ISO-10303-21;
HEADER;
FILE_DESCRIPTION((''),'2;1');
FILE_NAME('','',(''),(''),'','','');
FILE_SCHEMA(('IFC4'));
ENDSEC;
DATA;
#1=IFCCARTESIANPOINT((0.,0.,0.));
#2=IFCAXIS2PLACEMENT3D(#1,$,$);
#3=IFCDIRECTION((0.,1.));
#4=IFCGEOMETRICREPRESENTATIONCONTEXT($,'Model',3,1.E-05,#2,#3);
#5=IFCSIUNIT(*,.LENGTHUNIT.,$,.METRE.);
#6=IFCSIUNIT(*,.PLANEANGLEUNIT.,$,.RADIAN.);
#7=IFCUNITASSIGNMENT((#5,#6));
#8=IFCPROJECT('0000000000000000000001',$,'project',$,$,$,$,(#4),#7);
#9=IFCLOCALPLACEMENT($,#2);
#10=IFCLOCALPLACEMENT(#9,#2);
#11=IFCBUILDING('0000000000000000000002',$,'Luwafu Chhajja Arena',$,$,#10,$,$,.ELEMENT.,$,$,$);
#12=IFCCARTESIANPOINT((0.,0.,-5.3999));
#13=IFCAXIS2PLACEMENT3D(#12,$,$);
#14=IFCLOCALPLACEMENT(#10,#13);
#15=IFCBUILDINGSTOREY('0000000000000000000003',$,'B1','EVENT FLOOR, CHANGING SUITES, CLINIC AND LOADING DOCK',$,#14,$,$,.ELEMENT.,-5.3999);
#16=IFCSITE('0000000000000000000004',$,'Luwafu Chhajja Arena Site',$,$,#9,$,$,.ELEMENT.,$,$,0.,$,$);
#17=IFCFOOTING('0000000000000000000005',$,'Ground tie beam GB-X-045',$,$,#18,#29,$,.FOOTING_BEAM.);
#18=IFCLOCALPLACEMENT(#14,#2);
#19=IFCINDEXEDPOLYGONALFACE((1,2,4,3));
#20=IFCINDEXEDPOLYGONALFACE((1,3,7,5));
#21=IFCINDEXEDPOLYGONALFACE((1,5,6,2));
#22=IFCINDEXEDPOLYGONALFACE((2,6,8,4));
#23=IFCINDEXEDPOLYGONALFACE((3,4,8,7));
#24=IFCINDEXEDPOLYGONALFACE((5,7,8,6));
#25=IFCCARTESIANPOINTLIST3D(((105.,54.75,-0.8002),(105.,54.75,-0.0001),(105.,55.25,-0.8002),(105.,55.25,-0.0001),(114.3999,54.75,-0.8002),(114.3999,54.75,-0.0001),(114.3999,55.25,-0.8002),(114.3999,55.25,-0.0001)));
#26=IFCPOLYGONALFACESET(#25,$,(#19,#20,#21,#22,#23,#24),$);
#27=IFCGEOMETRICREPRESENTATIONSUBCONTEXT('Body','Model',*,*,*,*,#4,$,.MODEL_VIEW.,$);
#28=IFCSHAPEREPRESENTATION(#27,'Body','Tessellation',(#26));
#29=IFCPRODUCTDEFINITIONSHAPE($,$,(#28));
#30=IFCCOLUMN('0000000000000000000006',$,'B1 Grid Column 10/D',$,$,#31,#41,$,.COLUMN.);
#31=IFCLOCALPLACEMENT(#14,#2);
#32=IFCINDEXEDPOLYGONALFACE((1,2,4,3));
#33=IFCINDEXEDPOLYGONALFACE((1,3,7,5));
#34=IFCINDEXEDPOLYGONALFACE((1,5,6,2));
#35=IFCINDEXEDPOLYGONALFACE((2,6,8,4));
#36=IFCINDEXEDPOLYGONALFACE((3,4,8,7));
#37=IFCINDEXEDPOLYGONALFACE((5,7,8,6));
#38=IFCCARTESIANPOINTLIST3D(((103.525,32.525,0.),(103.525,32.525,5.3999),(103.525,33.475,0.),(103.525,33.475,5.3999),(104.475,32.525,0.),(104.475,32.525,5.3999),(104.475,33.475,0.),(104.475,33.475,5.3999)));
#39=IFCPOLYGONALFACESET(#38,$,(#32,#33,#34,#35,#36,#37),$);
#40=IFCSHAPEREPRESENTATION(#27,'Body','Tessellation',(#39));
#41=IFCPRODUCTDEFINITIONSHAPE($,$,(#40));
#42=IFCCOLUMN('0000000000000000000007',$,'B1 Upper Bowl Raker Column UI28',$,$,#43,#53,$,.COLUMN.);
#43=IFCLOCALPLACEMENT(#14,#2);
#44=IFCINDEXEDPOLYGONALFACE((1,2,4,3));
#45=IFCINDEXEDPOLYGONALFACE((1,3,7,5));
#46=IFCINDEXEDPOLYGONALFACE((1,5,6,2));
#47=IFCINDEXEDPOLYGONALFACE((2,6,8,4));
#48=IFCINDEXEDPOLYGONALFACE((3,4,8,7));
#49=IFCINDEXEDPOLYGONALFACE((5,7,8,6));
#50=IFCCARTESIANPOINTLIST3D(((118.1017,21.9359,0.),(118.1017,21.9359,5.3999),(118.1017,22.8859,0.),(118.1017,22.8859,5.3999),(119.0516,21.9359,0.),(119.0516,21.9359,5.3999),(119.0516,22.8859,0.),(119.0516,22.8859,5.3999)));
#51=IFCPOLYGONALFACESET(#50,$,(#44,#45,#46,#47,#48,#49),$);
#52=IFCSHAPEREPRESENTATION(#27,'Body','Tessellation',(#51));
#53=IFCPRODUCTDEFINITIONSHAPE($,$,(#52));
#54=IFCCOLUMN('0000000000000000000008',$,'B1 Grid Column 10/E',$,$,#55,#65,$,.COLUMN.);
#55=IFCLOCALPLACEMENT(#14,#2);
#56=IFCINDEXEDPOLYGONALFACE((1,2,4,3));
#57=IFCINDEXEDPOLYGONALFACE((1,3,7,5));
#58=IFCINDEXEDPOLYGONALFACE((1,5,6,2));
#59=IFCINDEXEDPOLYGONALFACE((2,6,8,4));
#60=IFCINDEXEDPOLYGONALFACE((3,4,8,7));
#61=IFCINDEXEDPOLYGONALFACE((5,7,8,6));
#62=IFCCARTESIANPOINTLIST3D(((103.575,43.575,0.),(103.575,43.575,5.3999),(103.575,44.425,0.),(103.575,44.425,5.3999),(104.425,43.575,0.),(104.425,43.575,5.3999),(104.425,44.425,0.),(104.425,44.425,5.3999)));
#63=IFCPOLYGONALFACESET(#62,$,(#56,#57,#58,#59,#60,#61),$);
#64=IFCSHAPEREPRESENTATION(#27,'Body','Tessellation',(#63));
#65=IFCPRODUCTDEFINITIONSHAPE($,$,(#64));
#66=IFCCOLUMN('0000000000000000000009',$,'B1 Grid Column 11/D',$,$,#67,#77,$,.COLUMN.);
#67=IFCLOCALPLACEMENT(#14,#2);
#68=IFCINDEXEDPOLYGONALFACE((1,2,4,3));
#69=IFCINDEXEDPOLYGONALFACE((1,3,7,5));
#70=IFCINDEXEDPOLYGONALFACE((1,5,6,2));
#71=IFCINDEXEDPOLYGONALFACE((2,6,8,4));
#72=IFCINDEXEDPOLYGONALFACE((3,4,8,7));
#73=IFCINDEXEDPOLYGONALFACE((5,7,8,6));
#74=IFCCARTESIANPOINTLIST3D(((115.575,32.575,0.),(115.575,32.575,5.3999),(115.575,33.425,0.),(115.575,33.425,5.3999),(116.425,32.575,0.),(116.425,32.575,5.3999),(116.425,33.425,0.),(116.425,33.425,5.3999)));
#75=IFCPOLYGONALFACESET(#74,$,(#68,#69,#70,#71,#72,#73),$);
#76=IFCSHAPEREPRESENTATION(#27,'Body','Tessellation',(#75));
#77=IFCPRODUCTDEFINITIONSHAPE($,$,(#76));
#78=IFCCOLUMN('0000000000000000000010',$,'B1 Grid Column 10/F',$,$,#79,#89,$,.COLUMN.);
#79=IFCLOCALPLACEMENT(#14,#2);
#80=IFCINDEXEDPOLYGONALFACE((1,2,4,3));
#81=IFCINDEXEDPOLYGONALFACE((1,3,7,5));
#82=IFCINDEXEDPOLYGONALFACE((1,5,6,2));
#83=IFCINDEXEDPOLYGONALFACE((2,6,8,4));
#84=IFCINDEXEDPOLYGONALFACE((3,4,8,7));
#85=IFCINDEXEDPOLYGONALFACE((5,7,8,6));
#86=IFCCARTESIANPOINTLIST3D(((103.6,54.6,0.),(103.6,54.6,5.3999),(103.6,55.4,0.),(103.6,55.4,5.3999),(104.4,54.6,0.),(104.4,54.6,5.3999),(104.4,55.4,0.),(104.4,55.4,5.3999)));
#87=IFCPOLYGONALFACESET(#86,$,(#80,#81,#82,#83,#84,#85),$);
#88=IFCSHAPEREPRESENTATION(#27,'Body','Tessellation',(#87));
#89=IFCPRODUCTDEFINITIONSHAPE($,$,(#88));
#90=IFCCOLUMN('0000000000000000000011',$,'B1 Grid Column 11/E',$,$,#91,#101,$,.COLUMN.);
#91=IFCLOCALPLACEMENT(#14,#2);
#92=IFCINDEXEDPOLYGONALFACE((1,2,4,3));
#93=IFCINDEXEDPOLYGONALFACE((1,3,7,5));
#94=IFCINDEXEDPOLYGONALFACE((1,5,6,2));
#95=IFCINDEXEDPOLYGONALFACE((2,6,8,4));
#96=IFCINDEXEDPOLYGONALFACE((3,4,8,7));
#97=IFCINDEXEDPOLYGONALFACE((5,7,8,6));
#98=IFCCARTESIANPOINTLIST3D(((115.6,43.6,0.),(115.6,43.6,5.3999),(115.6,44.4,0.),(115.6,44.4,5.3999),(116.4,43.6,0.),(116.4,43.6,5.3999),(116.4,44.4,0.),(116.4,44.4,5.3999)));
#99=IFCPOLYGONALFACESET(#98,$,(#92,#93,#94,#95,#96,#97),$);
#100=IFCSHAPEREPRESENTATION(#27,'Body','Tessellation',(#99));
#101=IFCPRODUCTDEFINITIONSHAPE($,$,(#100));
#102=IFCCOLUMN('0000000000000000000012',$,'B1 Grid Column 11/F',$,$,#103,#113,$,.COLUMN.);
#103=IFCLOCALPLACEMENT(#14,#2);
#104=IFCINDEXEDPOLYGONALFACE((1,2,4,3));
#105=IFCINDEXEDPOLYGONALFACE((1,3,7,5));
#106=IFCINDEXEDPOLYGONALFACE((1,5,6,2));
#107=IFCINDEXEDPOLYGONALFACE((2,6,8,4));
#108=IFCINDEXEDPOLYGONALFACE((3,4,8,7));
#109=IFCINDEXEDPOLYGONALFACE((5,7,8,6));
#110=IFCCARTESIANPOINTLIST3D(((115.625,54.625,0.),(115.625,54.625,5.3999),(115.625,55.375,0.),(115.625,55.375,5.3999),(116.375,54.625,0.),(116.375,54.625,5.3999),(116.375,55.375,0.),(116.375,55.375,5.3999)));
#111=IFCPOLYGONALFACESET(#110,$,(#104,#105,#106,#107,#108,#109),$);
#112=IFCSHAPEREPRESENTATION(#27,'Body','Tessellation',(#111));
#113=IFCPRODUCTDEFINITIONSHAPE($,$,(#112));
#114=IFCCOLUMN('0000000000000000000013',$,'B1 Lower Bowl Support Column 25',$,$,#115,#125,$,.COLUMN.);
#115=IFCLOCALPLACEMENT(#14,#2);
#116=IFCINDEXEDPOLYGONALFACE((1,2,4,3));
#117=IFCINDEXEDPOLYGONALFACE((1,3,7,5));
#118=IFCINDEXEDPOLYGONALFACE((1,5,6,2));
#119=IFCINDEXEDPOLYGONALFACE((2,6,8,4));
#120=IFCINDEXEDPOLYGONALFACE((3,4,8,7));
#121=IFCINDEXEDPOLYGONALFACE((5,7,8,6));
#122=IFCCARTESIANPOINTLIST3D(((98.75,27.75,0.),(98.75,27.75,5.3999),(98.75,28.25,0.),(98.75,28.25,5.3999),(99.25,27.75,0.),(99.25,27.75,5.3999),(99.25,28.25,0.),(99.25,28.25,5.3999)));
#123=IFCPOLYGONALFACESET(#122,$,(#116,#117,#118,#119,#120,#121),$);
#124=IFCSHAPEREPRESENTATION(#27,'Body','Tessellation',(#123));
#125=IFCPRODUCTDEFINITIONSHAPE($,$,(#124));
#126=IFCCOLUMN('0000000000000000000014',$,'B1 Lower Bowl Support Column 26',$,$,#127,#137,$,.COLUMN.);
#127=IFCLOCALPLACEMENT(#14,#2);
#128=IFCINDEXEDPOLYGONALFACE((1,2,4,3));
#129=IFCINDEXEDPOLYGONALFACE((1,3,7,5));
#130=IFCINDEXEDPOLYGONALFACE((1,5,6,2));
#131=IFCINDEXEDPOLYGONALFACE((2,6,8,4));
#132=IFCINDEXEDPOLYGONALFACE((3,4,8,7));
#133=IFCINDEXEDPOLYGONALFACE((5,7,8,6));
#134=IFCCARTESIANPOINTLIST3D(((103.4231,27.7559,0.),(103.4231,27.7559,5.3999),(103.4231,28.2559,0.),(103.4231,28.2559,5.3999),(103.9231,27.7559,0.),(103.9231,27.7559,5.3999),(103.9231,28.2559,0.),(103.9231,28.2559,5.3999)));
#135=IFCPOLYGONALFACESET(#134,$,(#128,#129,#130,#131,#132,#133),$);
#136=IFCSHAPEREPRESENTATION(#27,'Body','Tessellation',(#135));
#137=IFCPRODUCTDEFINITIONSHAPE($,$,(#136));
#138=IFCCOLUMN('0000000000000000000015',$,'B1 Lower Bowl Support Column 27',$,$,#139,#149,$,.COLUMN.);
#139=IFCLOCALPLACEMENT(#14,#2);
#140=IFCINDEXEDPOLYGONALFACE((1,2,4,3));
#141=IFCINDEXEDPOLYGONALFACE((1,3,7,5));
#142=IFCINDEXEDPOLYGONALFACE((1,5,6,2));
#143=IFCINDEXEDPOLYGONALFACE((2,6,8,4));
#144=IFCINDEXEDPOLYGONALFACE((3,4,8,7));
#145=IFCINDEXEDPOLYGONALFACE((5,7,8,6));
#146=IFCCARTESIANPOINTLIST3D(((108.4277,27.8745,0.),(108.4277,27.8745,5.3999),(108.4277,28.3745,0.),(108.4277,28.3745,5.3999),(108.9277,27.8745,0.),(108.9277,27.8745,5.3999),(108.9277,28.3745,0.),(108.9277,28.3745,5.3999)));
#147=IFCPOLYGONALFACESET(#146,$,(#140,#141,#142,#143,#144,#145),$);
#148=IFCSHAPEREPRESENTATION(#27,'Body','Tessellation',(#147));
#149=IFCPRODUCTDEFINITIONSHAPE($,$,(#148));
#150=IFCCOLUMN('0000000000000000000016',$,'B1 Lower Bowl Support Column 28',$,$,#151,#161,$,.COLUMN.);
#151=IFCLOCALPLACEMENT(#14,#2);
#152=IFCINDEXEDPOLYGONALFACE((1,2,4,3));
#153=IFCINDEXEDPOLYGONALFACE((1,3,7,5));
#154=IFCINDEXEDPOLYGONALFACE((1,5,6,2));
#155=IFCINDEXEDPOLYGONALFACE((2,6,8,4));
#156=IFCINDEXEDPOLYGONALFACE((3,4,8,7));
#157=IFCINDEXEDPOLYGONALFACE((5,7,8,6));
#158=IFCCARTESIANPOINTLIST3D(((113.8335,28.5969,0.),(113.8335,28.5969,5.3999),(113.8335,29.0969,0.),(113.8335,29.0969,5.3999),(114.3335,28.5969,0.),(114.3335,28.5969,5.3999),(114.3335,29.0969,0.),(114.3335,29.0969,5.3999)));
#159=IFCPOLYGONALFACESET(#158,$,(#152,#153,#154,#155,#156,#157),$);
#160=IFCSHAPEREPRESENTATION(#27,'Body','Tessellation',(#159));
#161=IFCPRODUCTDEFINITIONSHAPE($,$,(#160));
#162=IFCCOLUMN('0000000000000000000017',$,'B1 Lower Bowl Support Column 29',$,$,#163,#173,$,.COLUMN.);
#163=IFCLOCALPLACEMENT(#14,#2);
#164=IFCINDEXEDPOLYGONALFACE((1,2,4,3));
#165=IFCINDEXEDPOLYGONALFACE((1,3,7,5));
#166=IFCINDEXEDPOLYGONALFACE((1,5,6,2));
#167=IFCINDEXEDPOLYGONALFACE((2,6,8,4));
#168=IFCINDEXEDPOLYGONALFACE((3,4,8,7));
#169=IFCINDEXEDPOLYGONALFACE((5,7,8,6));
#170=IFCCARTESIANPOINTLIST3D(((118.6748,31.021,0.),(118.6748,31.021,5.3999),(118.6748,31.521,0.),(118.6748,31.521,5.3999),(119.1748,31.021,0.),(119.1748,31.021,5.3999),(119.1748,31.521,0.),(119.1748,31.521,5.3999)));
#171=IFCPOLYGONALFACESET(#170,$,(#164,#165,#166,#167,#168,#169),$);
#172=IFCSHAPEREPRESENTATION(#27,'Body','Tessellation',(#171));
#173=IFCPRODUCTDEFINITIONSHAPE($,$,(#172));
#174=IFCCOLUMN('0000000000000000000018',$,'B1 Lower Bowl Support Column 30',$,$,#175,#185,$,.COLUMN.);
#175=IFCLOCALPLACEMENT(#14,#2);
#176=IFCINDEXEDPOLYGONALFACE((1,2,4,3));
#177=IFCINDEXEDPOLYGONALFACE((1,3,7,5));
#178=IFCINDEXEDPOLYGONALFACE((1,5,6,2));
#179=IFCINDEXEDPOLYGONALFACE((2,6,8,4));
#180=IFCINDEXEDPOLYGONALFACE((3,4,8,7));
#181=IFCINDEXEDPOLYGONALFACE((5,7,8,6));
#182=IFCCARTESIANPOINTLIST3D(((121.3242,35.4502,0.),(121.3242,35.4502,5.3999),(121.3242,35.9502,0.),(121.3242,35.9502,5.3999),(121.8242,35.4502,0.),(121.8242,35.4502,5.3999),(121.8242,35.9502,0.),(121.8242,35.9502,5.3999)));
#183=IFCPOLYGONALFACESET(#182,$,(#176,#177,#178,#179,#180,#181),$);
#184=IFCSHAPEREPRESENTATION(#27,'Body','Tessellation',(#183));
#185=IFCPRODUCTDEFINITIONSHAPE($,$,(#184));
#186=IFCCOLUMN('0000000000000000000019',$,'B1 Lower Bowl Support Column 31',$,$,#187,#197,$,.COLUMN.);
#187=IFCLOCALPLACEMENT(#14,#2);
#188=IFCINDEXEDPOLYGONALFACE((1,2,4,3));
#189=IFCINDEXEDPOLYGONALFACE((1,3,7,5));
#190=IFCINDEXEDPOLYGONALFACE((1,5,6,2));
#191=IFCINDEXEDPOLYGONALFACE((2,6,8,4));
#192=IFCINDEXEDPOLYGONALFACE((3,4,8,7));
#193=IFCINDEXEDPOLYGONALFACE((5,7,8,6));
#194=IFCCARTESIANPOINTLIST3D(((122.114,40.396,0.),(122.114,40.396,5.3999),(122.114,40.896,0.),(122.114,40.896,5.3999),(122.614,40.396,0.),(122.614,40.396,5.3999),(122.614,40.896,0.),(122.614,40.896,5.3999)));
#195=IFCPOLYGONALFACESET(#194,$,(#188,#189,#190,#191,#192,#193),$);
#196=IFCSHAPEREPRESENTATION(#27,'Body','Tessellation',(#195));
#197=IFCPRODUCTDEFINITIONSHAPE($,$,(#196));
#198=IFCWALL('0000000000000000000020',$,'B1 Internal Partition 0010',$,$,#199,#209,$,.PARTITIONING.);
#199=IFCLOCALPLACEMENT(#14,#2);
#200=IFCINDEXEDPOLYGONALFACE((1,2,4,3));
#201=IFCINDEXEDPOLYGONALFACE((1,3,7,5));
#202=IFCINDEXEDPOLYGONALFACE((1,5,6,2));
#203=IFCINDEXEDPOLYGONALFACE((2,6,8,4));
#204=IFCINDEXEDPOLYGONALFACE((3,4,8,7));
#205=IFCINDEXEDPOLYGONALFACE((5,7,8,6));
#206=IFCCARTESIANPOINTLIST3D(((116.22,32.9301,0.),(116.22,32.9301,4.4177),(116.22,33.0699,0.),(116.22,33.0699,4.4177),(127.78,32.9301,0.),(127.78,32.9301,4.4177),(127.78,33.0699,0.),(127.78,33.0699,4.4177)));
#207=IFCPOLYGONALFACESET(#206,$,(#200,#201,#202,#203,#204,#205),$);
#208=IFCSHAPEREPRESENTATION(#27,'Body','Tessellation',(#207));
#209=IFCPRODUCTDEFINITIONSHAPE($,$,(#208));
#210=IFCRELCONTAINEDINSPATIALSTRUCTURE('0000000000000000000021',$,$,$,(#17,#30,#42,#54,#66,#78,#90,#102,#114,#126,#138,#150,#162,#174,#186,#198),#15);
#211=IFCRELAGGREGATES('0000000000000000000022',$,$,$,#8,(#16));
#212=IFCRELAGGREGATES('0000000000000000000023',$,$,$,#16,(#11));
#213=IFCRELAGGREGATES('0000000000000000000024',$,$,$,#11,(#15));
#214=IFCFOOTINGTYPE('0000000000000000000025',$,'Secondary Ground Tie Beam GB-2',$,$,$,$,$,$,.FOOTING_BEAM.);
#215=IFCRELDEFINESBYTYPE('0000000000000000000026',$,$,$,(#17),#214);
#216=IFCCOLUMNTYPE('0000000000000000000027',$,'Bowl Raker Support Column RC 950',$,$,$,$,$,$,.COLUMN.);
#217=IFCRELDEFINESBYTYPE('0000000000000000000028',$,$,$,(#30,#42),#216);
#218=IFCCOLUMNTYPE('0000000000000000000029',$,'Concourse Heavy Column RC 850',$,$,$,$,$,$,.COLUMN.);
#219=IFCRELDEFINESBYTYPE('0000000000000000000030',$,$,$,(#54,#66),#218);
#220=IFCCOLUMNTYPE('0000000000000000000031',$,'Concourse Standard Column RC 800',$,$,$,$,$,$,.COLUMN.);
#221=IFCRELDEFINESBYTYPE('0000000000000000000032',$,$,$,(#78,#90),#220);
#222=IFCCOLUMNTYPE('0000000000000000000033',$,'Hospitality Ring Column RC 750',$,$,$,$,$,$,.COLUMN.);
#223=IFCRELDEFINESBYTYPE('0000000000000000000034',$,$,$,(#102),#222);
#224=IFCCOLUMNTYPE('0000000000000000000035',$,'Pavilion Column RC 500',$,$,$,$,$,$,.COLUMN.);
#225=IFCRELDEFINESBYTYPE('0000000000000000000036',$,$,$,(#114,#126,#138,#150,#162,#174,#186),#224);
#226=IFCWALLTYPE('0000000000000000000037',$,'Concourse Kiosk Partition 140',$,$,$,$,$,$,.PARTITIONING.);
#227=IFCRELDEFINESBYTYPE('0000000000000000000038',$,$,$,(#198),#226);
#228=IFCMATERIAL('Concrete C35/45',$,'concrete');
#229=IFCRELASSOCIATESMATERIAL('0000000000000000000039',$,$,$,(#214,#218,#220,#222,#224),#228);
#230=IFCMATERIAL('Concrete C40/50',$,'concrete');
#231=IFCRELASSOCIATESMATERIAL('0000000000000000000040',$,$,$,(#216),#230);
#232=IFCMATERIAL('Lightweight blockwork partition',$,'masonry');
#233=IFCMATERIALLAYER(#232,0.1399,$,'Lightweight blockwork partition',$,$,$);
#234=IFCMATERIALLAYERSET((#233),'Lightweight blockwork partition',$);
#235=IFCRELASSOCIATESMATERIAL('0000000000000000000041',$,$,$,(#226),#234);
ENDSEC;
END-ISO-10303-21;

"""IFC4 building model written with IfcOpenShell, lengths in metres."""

from ifc_helpers import new_model, si_unit, direction, frame, frame_2d, origin, origin_2d, place, context, subcontext, project, spatial, rectangle, extrude, material, layer, layer_set, material_profile, profile_set, type_object, element, save


model = new_model("IFC4")

# Units and contexts
model_context = context("Model", 3, precision=1e-05, world=origin(), true_north=direction((0.0, 1.0)))
body_context = subcontext(model_context, "Body", "Model", "MODEL_VIEW")
ifc_project = project(units=[si_unit("LENGTHUNIT", "METRE"), si_unit("PLANEANGLEUNIT", "RADIAN")], contexts=[model_context])

# Site, building, storey
site_placement = place(None, origin())
site = spatial("IfcSite", under=ifc_project, at=site_placement, Name="Luwafu Chhajja Arena Site", CompositionType="ELEMENT", RefElevation=0.0)
building_placement = place(site_placement, origin())
building = spatial("IfcBuilding", under=site, at=building_placement, Name="Luwafu Chhajja Arena", CompositionType="ELEMENT")
storey_placement = place(building_placement, frame((0.0, 0.0, -5.3999)))
storey = spatial("IfcBuildingStorey", under=building, at=storey_placement, Name="B1", Description="EVENT FLOOR, CHANGING SUITES, CLINIC AND LOADING DOCK", CompositionType="ELEMENT", Elevation=-5.3999)

# Shared definitions
ifc_material_1 = material(Name="Concrete C35/45", Category="concrete")

# Footing
ifc_material_profile_1 = material_profile(ifc_material_1, rectangle(XDim=0.5, YDim=0.8, at=origin_2d()), Name="RC 500x800")
ifc_profile_set_1 = profile_set([ifc_material_profile_1], Name="Concrete C35/45")
footing_type_1 = type_object("IfcFootingType", Name="Secondary Ground Tie Beam GB-2", PredefinedType="FOOTING_BEAM", material=ifc_profile_set_1)
footing_1_placement = place(storey_placement, frame((105.0, 55.0, -0.4001), z_axis=(1.0, 0.0, 0.0), x_axis=(0.0, 1.0, 0.0)))
element("IfcFooting", 1, at=footing_1_placement, inside=storey, type_object=footing_type_1, Name="Ground tie beam GB-X-045", PredefinedType="FOOTING_BEAM", context=body_context, shape_type="SweptSolid", body=[
    extrude(rectangle(XDim=0.5, YDim=0.8, at=origin_2d()), origin(), (0.0, 0.0, 1.0), 9.3999),
])

# Columns
ifc_material_2 = material(Name="Concrete C40/50", Category="concrete")
ifc_material_profile_2 = material_profile(ifc_material_2, rectangle(XDim=0.95, YDim=0.95, at=origin_2d()), Name="RC 950x950")
ifc_profile_set_2 = profile_set([ifc_material_profile_2], Name="Concrete C40/50")
column_type_1 = type_object("IfcColumnType", Name="Bowl Raker Support Column RC 950", PredefinedType="COLUMN", material=ifc_profile_set_2)
for number, where, z_axis, x_axis, name in (
    (2, (104.0, 33.0, 0.0), (0.0, 0.0, 1.0), (1.0, 0.0, 0.0), "B1 Grid Column 10/D"),
    (3, (118.5767, 22.4109, 0.0), (0.0, 0.0, 1.0), (1.0, 0.0, 0.0), "B1 Upper Bowl Raker Column UI28"),
):
    element("IfcColumn", number, at=place(storey_placement, frame(where, z_axis=z_axis, x_axis=x_axis)), inside=storey, type_object=column_type_1, Name=name, PredefinedType="COLUMN", context=body_context, shape_type="SweptSolid", body=[
        extrude(rectangle(XDim=0.95, YDim=0.95, at=origin_2d()), origin(), (0.0, 0.0, 1.0), 5.3999),
    ])
ifc_material_profile_3 = material_profile(ifc_material_1, rectangle(XDim=0.8501, YDim=0.8501, at=origin_2d()), Name="RC 850x850")
ifc_profile_set_3 = profile_set([ifc_material_profile_3], Name="Concrete C35/45")
column_type_2 = type_object("IfcColumnType", Name="Concourse Heavy Column RC 850", PredefinedType="COLUMN", material=ifc_profile_set_3)
for number, where, z_axis, x_axis, name in (
    (4, (104.0, 44.0, 0.0), (0.0, 0.0, 1.0), (1.0, 0.0, 0.0), "B1 Grid Column 10/E"),
    (5, (116.0, 33.0, 0.0), (0.0, 0.0, 1.0), (1.0, 0.0, 0.0), "B1 Grid Column 11/D"),
):
    element("IfcColumn", number, at=place(storey_placement, frame(where, z_axis=z_axis, x_axis=x_axis)), inside=storey, type_object=column_type_2, Name=name, PredefinedType="COLUMN", context=body_context, shape_type="SweptSolid", body=[
        extrude(rectangle(XDim=0.8501, YDim=0.8501, at=origin_2d()), origin(), (0.0, 0.0, 1.0), 5.3999),
    ])
ifc_material_profile_4 = material_profile(ifc_material_1, rectangle(XDim=0.8, YDim=0.8, at=origin_2d()), Name="RC 800x800")
ifc_profile_set_4 = profile_set([ifc_material_profile_4], Name="Concrete C35/45")
column_type_3 = type_object("IfcColumnType", Name="Concourse Standard Column RC 800", PredefinedType="COLUMN", material=ifc_profile_set_4)
for number, where, z_axis, x_axis, name in (
    (6, (104.0, 55.0, 0.0), (0.0, 0.0, 1.0), (1.0, 0.0, 0.0), "B1 Grid Column 10/F"),
    (7, (116.0, 44.0, 0.0), (0.0, 0.0, 1.0), (1.0, 0.0, 0.0), "B1 Grid Column 11/E"),
):
    element("IfcColumn", number, at=place(storey_placement, frame(where, z_axis=z_axis, x_axis=x_axis)), inside=storey, type_object=column_type_3, Name=name, PredefinedType="COLUMN", context=body_context, shape_type="SweptSolid", body=[
        extrude(rectangle(XDim=0.8, YDim=0.8, at=origin_2d()), origin(), (0.0, 0.0, 1.0), 5.3999),
    ])
ifc_material_profile_5 = material_profile(ifc_material_1, rectangle(XDim=0.75, YDim=0.75, at=origin_2d()), Name="RC 750x750")
ifc_profile_set_5 = profile_set([ifc_material_profile_5], Name="Concrete C35/45")
column_type_4 = type_object("IfcColumnType", Name="Hospitality Ring Column RC 750", PredefinedType="COLUMN", material=ifc_profile_set_5)
column_placement = place(storey_placement, frame((116.0, 55.0, 0.0), z_axis=(0.0, 0.0, 1.0), x_axis=(1.0, 0.0, 0.0)))
element("IfcColumn", 8, at=column_placement, inside=storey, type_object=column_type_4, Name="B1 Grid Column 11/F", PredefinedType="COLUMN", context=body_context, shape_type="SweptSolid", body=[
    extrude(rectangle(XDim=0.75, YDim=0.75, at=origin_2d()), origin(), (0.0, 0.0, 1.0), 5.3999),
])
ifc_material_profile_6 = material_profile(ifc_material_1, rectangle(XDim=0.5, YDim=0.5, at=origin_2d()), Name="RC 500x500")
ifc_profile_set_6 = profile_set([ifc_material_profile_6], Name="Concrete C35/45")
column_type_5 = type_object("IfcColumnType", Name="Pavilion Column RC 500", PredefinedType="COLUMN", material=ifc_profile_set_6)
for number, where, z_axis, x_axis, name in (
    (9, (99.0, 28.0, 0.0), (0.0, 0.0, 1.0), (1.0, 0.0, 0.0), "B1 Lower Bowl Support Column 25"),
    (10, (103.6731, 28.0059, 0.0), (0.0, 0.0, 1.0), (1.0, 0.0, 0.0), "B1 Lower Bowl Support Column 26"),
    (11, (108.6777, 28.1245, 0.0), (0.0, 0.0, 1.0), (1.0, 0.0, 0.0), "B1 Lower Bowl Support Column 27"),
    (12, (114.0835, 28.8469, 0.0), (0.0, 0.0, 1.0), (1.0, 0.0, 0.0), "B1 Lower Bowl Support Column 28"),
    (13, (118.9248, 31.271, 0.0), (0.0, 0.0, 1.0), (1.0, 0.0, 0.0), "B1 Lower Bowl Support Column 29"),
    (14, (121.5742, 35.7002, 0.0), (0.0, 0.0, 1.0), (1.0, 0.0, 0.0), "B1 Lower Bowl Support Column 30"),
    (15, (122.364, 40.646, 0.0), (0.0, 0.0, 1.0), (1.0, 0.0, 0.0), "B1 Lower Bowl Support Column 31"),
):
    element("IfcColumn", number, at=place(storey_placement, frame(where, z_axis=z_axis, x_axis=x_axis)), inside=storey, type_object=column_type_5, Name=name, PredefinedType="COLUMN", context=body_context, shape_type="SweptSolid", body=[
        extrude(rectangle(XDim=0.5, YDim=0.5, at=origin_2d()), origin(), (0.0, 0.0, 1.0), 5.3999),
    ])

# Wall
ifc_material_3 = material(Name="Lightweight blockwork partition", Category="masonry")
ifc_layer_1 = layer(ifc_material_3, 0.1399, Name="Lightweight blockwork partition")
ifc_layer_set_1 = layer_set([ifc_layer_1], Name="Lightweight blockwork partition")
wall_type_1 = type_object("IfcWallType", Name="Concourse Kiosk Partition 140", PredefinedType="PARTITIONING", material=ifc_layer_set_1)
wall_1_placement = place(storey_placement, frame((116.22, 33.0, 0.0), z_axis=(0.0, 0.0, 1.0), x_axis=(1.0, 0.0, 0.0)))
element("IfcWall", 16, at=wall_1_placement, inside=storey, type_object=wall_type_1, Name="B1 Internal Partition 0010", PredefinedType="PARTITIONING", context=body_context, shape_type="SweptSolid", body=[
    extrude(rectangle(XDim=11.5601, YDim=0.1399, at=frame_2d((5.78, 0.0))), origin(), (0.0, 0.0, 1.0), 4.4177),
])

save(model, "model.ifc")
